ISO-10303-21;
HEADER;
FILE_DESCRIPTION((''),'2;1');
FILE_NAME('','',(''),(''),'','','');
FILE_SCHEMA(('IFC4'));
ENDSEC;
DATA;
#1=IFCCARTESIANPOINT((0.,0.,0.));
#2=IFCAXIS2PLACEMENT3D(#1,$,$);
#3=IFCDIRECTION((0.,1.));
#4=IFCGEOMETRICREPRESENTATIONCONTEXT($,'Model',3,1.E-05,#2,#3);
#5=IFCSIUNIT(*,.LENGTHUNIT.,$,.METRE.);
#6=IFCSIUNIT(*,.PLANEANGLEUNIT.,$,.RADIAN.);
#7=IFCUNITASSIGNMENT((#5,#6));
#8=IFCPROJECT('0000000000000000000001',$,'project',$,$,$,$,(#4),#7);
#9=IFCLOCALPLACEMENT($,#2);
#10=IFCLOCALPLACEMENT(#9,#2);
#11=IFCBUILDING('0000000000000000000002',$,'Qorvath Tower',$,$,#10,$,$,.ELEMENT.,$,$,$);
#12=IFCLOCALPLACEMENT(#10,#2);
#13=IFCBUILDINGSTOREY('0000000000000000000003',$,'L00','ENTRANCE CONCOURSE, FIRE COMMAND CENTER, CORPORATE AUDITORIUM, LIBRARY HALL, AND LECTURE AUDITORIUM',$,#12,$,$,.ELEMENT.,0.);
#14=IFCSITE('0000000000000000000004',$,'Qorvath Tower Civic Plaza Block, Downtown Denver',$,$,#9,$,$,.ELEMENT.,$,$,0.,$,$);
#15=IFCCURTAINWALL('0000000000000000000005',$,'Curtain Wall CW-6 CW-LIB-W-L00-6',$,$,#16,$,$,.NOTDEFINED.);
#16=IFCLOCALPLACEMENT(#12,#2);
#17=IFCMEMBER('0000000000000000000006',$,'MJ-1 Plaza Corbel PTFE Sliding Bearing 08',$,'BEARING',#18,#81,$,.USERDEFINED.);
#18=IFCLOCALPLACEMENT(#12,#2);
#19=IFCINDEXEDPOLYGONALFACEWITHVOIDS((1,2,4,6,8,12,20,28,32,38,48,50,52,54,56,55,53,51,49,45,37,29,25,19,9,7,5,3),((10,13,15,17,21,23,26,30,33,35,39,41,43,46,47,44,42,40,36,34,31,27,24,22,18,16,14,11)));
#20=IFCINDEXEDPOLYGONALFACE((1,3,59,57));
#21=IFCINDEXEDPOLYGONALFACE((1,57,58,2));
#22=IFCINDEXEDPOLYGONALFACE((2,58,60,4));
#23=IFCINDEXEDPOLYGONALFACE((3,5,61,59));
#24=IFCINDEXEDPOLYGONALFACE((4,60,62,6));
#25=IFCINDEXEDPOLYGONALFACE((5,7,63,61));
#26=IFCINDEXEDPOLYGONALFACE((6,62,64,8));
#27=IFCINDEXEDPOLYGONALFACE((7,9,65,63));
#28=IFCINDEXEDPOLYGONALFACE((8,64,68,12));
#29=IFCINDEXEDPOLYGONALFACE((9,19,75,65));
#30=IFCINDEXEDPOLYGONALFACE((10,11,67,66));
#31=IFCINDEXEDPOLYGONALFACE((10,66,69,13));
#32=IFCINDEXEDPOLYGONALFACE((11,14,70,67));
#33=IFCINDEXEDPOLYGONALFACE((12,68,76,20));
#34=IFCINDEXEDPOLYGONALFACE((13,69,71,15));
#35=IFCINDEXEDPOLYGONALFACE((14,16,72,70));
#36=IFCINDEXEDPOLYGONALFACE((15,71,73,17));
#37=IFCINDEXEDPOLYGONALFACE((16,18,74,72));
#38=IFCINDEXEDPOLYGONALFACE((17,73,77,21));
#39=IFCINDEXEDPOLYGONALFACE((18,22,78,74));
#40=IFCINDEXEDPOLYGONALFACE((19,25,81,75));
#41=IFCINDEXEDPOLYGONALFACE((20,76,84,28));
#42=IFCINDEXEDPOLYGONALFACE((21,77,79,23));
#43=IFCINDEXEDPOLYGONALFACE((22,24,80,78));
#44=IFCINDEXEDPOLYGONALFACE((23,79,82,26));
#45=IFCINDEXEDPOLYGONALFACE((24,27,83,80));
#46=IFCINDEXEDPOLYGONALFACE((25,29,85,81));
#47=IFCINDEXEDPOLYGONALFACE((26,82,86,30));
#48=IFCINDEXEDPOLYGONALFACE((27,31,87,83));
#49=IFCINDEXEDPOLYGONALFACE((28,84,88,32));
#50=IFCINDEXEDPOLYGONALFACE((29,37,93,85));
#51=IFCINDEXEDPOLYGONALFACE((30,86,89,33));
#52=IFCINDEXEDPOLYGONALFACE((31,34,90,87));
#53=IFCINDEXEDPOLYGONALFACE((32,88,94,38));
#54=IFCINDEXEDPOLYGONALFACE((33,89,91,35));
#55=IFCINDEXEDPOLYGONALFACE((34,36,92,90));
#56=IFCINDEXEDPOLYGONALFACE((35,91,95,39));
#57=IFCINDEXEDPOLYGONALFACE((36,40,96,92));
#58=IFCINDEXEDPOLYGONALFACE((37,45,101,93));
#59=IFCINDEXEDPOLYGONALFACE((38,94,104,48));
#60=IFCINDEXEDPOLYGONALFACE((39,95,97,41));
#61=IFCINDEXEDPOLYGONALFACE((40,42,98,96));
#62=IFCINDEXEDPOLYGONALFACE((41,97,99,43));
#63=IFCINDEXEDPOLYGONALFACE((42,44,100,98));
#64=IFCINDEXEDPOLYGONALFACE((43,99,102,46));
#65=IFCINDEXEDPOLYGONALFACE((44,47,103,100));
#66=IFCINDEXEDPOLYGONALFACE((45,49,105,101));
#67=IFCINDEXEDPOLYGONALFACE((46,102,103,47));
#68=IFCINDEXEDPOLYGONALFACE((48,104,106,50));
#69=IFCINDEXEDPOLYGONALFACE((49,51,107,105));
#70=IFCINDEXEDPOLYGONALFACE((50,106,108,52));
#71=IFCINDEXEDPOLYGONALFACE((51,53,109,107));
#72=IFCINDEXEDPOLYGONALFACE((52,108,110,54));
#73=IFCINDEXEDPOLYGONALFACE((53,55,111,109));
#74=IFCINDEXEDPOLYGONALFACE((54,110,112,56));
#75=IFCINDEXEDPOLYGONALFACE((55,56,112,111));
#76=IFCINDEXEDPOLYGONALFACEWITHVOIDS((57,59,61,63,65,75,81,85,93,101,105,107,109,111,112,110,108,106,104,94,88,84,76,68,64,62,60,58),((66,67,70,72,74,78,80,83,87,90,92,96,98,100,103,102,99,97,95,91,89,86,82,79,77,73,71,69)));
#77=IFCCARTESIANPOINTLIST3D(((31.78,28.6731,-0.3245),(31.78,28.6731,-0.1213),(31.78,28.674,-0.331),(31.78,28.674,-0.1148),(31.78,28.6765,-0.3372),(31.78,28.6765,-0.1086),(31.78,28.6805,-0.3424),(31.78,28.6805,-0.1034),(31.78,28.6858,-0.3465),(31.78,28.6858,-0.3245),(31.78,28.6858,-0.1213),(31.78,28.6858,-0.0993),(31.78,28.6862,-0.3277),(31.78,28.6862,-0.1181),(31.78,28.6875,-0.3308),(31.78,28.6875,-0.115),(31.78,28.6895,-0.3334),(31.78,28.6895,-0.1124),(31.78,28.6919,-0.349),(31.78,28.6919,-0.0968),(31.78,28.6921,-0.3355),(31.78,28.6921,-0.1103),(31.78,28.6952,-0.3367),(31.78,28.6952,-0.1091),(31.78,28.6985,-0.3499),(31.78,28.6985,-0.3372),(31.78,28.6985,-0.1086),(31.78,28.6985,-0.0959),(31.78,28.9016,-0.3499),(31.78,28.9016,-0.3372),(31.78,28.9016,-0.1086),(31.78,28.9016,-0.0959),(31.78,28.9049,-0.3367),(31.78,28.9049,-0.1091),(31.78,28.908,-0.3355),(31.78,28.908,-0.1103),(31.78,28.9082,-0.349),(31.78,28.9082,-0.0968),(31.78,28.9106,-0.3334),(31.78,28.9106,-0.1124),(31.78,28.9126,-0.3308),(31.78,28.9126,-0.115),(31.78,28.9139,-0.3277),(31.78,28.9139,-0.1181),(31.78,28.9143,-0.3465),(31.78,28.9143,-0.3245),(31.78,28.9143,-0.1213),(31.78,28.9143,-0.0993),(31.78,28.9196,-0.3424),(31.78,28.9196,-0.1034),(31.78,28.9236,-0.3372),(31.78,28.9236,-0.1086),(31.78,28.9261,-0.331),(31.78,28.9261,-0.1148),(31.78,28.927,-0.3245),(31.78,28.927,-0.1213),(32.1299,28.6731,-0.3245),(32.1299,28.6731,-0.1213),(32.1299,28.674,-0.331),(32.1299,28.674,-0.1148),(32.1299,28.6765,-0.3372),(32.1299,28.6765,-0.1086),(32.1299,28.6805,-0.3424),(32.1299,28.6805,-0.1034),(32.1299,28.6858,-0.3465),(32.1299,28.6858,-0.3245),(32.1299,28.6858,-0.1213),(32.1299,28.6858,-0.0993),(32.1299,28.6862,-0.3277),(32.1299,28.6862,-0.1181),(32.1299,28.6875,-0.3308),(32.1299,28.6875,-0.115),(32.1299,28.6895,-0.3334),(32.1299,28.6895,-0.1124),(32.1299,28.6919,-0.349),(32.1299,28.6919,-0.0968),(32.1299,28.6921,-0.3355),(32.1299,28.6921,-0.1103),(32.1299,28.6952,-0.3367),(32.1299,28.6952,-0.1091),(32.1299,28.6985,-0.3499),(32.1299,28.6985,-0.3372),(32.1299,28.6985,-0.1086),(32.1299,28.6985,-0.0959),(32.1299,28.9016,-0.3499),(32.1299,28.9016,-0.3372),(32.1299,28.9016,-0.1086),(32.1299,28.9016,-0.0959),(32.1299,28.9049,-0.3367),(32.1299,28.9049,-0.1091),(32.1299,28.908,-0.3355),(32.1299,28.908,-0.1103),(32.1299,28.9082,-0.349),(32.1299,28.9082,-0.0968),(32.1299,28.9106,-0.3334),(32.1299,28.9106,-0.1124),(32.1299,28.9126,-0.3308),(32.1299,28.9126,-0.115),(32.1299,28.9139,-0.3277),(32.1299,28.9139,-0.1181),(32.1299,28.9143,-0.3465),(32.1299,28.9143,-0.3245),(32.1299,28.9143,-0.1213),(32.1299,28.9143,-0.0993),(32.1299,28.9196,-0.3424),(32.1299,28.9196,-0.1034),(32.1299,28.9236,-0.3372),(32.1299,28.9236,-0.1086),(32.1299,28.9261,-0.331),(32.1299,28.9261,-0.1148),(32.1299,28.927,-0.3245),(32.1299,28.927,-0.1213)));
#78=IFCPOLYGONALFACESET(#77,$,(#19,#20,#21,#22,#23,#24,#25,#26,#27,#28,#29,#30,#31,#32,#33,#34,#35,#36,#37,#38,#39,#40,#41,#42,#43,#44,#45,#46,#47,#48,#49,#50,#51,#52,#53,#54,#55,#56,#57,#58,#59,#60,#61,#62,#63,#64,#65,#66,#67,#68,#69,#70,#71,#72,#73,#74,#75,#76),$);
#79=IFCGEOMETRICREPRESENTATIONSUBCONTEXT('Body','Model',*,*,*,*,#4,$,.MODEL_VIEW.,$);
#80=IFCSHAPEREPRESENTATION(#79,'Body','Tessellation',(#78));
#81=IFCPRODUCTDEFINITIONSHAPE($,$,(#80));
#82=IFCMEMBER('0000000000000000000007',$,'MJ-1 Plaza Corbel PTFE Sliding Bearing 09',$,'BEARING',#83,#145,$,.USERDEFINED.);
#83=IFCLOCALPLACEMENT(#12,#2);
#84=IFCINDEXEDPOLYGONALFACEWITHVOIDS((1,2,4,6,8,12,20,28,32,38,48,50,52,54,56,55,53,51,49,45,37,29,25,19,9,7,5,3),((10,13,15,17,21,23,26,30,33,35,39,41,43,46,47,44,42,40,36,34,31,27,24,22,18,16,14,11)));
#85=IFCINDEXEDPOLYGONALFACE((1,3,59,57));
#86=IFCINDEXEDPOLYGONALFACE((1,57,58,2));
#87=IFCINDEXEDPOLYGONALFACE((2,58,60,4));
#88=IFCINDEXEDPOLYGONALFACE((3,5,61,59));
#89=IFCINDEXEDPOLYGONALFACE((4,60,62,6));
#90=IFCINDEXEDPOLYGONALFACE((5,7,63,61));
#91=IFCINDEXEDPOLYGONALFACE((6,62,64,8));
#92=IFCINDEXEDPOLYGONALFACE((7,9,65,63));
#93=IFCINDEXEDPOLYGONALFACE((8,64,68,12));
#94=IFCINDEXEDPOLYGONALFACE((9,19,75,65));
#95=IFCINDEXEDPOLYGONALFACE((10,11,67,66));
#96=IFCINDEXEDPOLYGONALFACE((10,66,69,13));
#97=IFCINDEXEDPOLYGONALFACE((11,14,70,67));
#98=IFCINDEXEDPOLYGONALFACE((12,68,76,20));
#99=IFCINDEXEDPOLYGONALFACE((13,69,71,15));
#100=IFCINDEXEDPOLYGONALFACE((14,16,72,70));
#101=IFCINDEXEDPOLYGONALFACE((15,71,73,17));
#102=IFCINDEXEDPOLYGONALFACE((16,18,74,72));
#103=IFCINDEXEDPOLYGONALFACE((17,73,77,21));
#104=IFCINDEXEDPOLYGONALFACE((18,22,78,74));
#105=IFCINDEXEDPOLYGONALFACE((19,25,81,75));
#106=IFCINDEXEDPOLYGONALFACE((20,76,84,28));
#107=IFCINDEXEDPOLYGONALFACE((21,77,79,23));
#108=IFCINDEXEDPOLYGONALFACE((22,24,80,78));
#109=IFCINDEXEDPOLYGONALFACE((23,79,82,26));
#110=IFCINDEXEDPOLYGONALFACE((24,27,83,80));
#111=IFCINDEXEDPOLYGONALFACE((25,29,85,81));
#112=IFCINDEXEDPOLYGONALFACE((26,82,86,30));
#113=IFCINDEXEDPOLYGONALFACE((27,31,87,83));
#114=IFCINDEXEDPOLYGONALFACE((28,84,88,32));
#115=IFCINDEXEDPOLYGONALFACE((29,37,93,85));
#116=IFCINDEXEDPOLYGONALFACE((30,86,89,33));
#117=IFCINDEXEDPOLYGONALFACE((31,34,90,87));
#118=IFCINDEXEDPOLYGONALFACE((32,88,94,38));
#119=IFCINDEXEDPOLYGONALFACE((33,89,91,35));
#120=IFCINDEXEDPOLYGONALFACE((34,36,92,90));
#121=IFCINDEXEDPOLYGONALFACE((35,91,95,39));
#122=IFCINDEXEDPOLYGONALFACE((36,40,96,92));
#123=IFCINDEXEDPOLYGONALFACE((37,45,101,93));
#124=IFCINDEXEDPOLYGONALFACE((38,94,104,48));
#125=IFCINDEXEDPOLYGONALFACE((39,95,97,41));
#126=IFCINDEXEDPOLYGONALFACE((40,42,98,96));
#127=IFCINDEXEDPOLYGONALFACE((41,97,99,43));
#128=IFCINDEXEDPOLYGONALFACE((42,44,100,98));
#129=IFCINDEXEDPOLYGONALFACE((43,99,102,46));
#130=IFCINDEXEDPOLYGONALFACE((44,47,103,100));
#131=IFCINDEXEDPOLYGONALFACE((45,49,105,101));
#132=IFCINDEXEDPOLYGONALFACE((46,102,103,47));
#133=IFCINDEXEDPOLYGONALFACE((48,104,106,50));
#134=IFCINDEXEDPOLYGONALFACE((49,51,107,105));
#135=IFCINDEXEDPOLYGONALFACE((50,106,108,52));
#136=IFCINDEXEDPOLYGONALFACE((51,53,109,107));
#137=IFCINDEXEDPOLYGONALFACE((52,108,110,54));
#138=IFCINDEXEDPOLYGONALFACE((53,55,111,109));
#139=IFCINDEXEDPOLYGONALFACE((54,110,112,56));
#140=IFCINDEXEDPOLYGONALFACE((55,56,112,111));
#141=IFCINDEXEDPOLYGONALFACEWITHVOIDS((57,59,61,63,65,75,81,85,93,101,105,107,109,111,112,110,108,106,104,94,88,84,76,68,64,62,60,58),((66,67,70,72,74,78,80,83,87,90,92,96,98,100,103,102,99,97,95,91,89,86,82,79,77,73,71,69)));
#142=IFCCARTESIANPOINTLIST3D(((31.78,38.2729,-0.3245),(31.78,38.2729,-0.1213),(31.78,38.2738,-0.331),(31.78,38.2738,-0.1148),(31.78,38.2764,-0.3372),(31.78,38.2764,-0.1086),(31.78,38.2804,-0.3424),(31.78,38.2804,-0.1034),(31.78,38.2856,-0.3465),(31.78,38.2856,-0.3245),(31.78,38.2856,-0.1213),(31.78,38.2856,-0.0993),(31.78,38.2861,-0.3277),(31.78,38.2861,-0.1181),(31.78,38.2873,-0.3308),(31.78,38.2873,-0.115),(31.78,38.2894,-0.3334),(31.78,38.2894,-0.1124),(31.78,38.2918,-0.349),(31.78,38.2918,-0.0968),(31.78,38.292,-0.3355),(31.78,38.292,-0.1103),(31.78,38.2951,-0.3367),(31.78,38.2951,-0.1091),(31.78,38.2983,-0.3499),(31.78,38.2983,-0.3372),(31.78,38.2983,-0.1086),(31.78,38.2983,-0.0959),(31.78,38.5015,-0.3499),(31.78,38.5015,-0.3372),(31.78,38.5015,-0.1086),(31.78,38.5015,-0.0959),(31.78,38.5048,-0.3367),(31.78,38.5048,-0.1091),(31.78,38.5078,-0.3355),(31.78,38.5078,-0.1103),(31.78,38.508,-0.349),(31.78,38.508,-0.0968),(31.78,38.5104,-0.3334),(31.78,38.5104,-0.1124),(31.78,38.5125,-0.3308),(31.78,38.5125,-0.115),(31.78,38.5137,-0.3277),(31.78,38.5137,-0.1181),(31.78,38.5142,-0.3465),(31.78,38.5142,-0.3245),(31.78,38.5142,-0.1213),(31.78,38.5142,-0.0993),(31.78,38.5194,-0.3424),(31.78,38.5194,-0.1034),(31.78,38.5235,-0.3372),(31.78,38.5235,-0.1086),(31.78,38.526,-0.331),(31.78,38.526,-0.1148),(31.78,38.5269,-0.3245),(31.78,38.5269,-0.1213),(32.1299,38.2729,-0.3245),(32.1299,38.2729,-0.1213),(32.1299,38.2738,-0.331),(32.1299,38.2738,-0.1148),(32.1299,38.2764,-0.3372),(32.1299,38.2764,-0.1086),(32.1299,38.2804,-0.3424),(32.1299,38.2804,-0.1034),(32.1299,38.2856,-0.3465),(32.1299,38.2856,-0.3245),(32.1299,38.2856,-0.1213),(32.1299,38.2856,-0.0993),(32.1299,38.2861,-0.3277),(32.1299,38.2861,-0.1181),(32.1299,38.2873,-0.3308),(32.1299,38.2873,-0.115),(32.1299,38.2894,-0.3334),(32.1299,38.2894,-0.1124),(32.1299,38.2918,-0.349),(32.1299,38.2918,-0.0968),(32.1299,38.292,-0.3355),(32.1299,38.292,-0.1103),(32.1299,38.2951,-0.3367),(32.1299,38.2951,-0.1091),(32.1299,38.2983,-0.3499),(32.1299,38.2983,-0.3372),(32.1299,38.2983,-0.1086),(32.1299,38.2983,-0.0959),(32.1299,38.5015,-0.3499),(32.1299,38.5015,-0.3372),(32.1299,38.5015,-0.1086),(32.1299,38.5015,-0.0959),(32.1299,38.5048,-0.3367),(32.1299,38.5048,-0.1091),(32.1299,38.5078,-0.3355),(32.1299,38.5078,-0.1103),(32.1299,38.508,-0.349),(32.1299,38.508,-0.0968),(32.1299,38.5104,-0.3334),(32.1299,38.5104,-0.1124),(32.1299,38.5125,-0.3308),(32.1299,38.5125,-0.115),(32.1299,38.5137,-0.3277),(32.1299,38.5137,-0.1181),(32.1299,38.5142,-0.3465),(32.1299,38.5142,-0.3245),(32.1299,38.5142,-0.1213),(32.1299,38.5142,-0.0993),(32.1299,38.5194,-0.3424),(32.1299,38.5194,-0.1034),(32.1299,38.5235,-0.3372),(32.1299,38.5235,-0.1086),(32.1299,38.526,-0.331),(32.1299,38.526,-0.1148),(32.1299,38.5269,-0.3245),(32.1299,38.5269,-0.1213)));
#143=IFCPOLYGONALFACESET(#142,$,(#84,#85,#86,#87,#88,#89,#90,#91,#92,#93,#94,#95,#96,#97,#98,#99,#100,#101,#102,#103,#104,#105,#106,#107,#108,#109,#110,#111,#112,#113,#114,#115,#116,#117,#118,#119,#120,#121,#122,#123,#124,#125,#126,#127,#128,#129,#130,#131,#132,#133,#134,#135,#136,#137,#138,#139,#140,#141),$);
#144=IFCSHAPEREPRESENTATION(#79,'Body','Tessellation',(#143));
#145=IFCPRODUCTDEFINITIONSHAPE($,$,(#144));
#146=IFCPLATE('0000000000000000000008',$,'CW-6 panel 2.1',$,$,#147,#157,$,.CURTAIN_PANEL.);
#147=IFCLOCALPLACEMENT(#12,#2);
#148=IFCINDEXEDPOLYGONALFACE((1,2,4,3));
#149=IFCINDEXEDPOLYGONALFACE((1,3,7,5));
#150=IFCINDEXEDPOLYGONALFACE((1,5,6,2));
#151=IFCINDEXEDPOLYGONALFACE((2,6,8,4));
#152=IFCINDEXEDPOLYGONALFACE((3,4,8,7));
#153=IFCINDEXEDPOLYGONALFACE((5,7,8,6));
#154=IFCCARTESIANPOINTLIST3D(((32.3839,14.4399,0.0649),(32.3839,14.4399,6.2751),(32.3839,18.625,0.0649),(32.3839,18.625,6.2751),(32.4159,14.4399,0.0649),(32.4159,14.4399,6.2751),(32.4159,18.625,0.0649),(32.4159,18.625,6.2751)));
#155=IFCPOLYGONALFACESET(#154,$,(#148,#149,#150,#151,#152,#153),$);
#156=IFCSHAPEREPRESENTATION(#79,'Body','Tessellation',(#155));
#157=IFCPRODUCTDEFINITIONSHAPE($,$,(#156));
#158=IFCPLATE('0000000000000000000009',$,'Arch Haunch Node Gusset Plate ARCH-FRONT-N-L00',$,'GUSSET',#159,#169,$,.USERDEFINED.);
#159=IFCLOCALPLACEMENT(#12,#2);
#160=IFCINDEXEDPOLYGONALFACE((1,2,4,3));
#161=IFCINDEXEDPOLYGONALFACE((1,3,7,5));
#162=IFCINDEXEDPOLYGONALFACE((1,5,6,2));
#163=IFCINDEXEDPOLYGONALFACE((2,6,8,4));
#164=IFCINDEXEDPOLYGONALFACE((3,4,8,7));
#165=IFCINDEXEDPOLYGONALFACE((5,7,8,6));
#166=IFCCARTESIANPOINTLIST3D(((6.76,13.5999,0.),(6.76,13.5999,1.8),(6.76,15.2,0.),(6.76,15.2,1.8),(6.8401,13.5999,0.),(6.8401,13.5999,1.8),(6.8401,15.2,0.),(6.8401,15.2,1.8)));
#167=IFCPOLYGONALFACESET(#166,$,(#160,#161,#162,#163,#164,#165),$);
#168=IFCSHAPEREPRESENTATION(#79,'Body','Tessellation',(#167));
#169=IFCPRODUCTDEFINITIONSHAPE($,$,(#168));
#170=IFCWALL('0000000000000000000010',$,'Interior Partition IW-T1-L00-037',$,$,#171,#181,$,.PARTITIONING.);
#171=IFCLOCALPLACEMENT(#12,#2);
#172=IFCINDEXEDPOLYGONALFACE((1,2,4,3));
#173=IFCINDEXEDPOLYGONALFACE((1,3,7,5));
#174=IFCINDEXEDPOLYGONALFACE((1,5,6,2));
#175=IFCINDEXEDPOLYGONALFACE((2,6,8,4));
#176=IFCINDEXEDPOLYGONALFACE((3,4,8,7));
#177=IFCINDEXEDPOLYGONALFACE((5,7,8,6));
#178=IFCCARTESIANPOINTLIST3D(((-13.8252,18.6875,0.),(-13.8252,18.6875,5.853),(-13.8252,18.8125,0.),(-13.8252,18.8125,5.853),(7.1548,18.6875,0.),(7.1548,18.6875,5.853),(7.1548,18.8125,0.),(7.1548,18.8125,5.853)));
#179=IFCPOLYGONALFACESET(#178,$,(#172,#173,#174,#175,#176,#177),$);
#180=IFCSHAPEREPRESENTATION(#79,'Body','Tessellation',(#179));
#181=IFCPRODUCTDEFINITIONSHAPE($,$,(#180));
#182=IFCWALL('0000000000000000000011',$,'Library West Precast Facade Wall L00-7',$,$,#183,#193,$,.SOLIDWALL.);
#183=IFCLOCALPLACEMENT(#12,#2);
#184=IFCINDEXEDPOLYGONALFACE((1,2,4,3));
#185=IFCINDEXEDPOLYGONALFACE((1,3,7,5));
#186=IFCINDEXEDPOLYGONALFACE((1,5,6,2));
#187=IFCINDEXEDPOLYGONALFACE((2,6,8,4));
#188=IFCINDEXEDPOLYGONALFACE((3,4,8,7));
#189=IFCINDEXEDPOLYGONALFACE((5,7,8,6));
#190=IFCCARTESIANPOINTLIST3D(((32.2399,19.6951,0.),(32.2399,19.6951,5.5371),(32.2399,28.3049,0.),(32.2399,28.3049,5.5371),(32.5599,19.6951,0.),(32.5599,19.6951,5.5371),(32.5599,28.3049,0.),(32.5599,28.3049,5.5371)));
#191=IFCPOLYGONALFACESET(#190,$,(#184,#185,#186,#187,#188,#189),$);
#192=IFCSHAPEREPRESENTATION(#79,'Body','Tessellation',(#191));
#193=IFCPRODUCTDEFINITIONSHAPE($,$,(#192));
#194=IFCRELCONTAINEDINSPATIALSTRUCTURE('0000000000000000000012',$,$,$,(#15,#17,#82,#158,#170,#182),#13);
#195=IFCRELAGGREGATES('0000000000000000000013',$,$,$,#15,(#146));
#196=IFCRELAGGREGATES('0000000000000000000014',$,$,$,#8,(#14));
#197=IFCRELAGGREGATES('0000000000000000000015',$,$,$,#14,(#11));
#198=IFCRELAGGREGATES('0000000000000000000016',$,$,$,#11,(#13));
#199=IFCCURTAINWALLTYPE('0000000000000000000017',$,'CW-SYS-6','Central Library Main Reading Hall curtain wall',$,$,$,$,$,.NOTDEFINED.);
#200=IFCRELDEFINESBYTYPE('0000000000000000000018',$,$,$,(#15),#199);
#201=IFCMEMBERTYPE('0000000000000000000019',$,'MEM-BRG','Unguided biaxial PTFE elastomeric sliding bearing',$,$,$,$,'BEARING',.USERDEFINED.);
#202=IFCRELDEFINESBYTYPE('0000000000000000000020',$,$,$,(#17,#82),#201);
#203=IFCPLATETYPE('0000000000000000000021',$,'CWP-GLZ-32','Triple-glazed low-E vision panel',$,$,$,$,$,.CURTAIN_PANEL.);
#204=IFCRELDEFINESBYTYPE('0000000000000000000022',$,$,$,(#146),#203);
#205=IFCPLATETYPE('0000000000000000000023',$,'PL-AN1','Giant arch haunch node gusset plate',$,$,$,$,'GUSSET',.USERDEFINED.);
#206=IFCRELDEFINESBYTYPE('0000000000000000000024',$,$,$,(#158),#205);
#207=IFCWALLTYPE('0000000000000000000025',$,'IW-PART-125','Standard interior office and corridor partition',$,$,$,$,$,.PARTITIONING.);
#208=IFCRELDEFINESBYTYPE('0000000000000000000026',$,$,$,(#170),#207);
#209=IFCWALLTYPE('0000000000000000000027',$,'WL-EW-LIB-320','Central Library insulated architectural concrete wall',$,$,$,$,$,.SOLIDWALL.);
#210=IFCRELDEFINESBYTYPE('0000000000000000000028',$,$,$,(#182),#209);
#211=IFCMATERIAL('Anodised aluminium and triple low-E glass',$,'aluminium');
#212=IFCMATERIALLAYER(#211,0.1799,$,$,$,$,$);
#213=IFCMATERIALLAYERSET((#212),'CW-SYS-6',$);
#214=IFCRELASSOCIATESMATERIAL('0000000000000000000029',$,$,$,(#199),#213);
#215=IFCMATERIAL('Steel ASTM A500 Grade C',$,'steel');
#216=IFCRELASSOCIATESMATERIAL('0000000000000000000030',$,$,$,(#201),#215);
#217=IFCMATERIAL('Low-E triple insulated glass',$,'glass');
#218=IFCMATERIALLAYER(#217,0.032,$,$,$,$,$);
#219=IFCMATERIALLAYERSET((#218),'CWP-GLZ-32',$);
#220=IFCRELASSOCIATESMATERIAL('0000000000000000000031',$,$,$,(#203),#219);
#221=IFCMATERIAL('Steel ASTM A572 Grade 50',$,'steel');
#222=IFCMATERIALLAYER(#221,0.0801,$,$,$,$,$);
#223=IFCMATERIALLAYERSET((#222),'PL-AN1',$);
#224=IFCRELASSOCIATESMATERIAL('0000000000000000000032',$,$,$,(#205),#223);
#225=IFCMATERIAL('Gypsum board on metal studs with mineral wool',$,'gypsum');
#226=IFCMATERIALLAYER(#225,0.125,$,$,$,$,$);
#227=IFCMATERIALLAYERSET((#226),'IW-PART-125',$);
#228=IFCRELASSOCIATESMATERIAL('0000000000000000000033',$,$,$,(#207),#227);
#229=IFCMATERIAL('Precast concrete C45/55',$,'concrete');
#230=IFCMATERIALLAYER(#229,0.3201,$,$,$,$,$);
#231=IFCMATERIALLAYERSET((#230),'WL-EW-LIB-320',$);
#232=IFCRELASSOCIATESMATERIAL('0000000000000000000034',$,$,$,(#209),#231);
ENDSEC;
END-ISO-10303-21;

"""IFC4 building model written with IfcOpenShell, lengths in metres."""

from ifc_helpers import new_model, si_unit, direction, frame, frame_2d, origin, origin_2d, place, context, subcontext, project, spatial, rectangle, hollow_rectangle, extrude, material, layer, layer_set, material_profile, profile_set, type_object, element, aggregate, save


model = new_model("IFC4")

# Units and contexts
model_context = context("Model", 3, precision=1e-05, world=origin(), true_north=direction((0.0, 1.0)))
body_context = subcontext(model_context, "Body", "Model", "MODEL_VIEW")
ifc_project = project(units=[si_unit("LENGTHUNIT", "METRE"), si_unit("PLANEANGLEUNIT", "RADIAN")], contexts=[model_context])

# Site, building, storey
site_placement = place(None, origin())
site = spatial("IfcSite", under=ifc_project, at=site_placement, Name="Qorvath Tower Civic Plaza Block, Downtown Denver", CompositionType="ELEMENT", RefElevation=0.0)
building_placement = place(site_placement, origin())
building = spatial("IfcBuilding", under=site, at=building_placement, Name="Qorvath Tower", CompositionType="ELEMENT")
storey_placement = place(building_placement, origin())
storey = spatial("IfcBuildingStorey", under=building, at=storey_placement, Name="L00", Description="ENTRANCE CONCOURSE, FIRE COMMAND CENTER, CORPORATE AUDITORIUM, LIBRARY HALL, AND LECTURE AUDITORIUM", CompositionType="ELEMENT", Elevation=0.0)

# Curtain wall
ifc_material_1 = material(Name="Anodised aluminium and triple low-E glass", Category="aluminium")
ifc_layer_1 = layer(ifc_material_1, 0.1799)
ifc_layer_set_1 = layer_set([ifc_layer_1], Name="CW-SYS-6")
curtain_wall_type = type_object("IfcCurtainWallType", Name="CW-SYS-6", Description="Central Library Main Reading Hall curtain wall", PredefinedType="NOTDEFINED", material=ifc_layer_set_1)
curtain_wall_placement = place(storey_placement, origin())
curtain_wall = element("IfcCurtainWall", 1, at=curtain_wall_placement, inside=storey, type_object=curtain_wall_type, Name="Curtain Wall CW-6 CW-LIB-W-L00-6", PredefinedType="NOTDEFINED")

# Members
ifc_material_2 = material(Name="Steel ASTM A500 Grade C", Category="steel")
ifc_material_profile_1 = material_profile(ifc_material_2, hollow_rectangle(XDim=0.2539, YDim=0.2539, WallThickness=0.0127, InnerFilletRadius=0.0127, OuterFilletRadius=0.0254, at=origin_2d()), Name="HSS 254x254x12.7")
ifc_profile_set_1 = profile_set([ifc_material_profile_1], Name="Steel ASTM A500 Grade C")
member_type_1 = type_object("IfcMemberType", Name="MEM-BRG", Description="Unguided biaxial PTFE elastomeric sliding bearing", ElementType="BEARING", PredefinedType="USERDEFINED", material=ifc_profile_set_1)
for number, where, z_axis, x_axis, name in (
    (2, (31.78, 28.8, -0.2229), (1.0, 0.0, 0.0), (0.0, 1.0, 0.0), "MJ-1 Plaza Corbel PTFE Sliding Bearing 08"),
    (3, (31.78, 38.3999, -0.2229), (1.0, 0.0, 0.0), (0.0, 1.0, 0.0), "MJ-1 Plaza Corbel PTFE Sliding Bearing 09"),
):
    element("IfcMember", number, at=place(storey_placement, frame(where, z_axis=z_axis, x_axis=x_axis)), inside=storey, type_object=member_type_1, Name=name, ObjectType="BEARING", PredefinedType="USERDEFINED", context=body_context, shape_type="SweptSolid", body=[
        extrude(hollow_rectangle(XDim=0.2539, YDim=0.2539, WallThickness=0.0127, InnerFilletRadius=0.0127, OuterFilletRadius=0.0254, at=origin_2d()), origin(), (0.0, 0.0, 1.0), 0.3499),
    ])

# Plates
ifc_material_3 = material(Name="Low-E triple insulated glass", Category="glass")
ifc_layer_2 = layer(ifc_material_3, 0.032)
ifc_layer_set_2 = layer_set([ifc_layer_2], Name="CWP-GLZ-32")
plate_type_1 = type_object("IfcPlateType", Name="CWP-GLZ-32", Description="Triple-glazed low-E vision panel", PredefinedType="CURTAIN_PANEL", material=ifc_layer_set_2)
plate_1_placement = place(storey_placement, frame((32.3999, 16.5325, 0.0649), z_axis=(0.0, 0.0, 1.0), x_axis=(0.0, 1.0, 0.0)))
plate_1 = element("IfcPlate", 4, at=plate_1_placement, type_object=plate_type_1, Name="CW-6 panel 2.1", PredefinedType="CURTAIN_PANEL", context=body_context, shape_type="SweptSolid", body=[
    extrude(rectangle(XDim=4.1851, YDim=0.032, at=origin_2d()), origin(), (0.0, 0.0, 1.0), 6.2102),
])
aggregate(curtain_wall, [plate_1])
ifc_material_4 = material(Name="Steel ASTM A572 Grade 50", Category="steel")
ifc_layer_3 = layer(ifc_material_4, 0.0801)
ifc_layer_set_3 = layer_set([ifc_layer_3], Name="PL-AN1")
plate_type_2 = type_object("IfcPlateType", Name="PL-AN1", Description="Giant arch haunch node gusset plate", ElementType="GUSSET", PredefinedType="USERDEFINED", material=ifc_layer_set_3)
plate_2_placement = place(storey_placement, frame((6.8, 14.3999, 0.0), z_axis=(0.0, 0.0, 1.0), x_axis=(0.0, 1.0, 0.0)))
element("IfcPlate", 5, at=plate_2_placement, inside=storey, type_object=plate_type_2, Name="Arch Haunch Node Gusset Plate ARCH-FRONT-N-L00", ObjectType="GUSSET", PredefinedType="USERDEFINED", context=body_context, shape_type="SweptSolid", body=[
    extrude(rectangle(XDim=1.6001, YDim=0.0801, at=origin_2d()), origin(), (0.0, 0.0, 1.0), 1.8),
])

# Walls
ifc_material_5 = material(Name="Gypsum board on metal studs with mineral wool", Category="gypsum")
ifc_layer_4 = layer(ifc_material_5, 0.125)
ifc_layer_set_4 = layer_set([ifc_layer_4], Name="IW-PART-125")
wall_type_1 = type_object("IfcWallType", Name="IW-PART-125", Description="Standard interior office and corridor partition", PredefinedType="PARTITIONING", material=ifc_layer_set_4)
wall_1_placement = place(storey_placement, frame((7.1548, 18.75, 0.0), z_axis=(0.0, 0.0, 1.0), x_axis=(-1.0, 0.0, 0.0)))
element("IfcWall", 6, at=wall_1_placement, inside=storey, type_object=wall_type_1, Name="Interior Partition IW-T1-L00-037", PredefinedType="PARTITIONING", context=body_context, shape_type="SweptSolid", body=[
    extrude(rectangle(XDim=20.98, YDim=0.125, at=frame_2d((10.49, 0.0))), origin(), (0.0, 0.0, 1.0), 5.853),
])
ifc_material_6 = material(Name="Precast concrete C45/55", Category="concrete")
ifc_layer_5 = layer(ifc_material_6, 0.3201)
ifc_layer_set_5 = layer_set([ifc_layer_5], Name="WL-EW-LIB-320")
wall_type_2 = type_object("IfcWallType", Name="WL-EW-LIB-320", Description="Central Library insulated architectural concrete wall", PredefinedType="SOLIDWALL", material=ifc_layer_set_5)
wall_2_placement = place(storey_placement, frame((32.3999, 19.6951, 0.0), z_axis=(0.0, 0.0, 1.0), x_axis=(0.0, 1.0, 0.0)))
element("IfcWall", 7, at=wall_2_placement, inside=storey, type_object=wall_type_2, Name="Library West Precast Facade Wall L00-7", PredefinedType="SOLIDWALL", context=body_context, shape_type="SweptSolid", body=[
    extrude(rectangle(XDim=8.6099, YDim=0.3201, at=frame_2d((4.3049, 0.0))), origin(), (0.0, 0.0, 1.0), 5.5371),
])

save(model, "model.ifc")
